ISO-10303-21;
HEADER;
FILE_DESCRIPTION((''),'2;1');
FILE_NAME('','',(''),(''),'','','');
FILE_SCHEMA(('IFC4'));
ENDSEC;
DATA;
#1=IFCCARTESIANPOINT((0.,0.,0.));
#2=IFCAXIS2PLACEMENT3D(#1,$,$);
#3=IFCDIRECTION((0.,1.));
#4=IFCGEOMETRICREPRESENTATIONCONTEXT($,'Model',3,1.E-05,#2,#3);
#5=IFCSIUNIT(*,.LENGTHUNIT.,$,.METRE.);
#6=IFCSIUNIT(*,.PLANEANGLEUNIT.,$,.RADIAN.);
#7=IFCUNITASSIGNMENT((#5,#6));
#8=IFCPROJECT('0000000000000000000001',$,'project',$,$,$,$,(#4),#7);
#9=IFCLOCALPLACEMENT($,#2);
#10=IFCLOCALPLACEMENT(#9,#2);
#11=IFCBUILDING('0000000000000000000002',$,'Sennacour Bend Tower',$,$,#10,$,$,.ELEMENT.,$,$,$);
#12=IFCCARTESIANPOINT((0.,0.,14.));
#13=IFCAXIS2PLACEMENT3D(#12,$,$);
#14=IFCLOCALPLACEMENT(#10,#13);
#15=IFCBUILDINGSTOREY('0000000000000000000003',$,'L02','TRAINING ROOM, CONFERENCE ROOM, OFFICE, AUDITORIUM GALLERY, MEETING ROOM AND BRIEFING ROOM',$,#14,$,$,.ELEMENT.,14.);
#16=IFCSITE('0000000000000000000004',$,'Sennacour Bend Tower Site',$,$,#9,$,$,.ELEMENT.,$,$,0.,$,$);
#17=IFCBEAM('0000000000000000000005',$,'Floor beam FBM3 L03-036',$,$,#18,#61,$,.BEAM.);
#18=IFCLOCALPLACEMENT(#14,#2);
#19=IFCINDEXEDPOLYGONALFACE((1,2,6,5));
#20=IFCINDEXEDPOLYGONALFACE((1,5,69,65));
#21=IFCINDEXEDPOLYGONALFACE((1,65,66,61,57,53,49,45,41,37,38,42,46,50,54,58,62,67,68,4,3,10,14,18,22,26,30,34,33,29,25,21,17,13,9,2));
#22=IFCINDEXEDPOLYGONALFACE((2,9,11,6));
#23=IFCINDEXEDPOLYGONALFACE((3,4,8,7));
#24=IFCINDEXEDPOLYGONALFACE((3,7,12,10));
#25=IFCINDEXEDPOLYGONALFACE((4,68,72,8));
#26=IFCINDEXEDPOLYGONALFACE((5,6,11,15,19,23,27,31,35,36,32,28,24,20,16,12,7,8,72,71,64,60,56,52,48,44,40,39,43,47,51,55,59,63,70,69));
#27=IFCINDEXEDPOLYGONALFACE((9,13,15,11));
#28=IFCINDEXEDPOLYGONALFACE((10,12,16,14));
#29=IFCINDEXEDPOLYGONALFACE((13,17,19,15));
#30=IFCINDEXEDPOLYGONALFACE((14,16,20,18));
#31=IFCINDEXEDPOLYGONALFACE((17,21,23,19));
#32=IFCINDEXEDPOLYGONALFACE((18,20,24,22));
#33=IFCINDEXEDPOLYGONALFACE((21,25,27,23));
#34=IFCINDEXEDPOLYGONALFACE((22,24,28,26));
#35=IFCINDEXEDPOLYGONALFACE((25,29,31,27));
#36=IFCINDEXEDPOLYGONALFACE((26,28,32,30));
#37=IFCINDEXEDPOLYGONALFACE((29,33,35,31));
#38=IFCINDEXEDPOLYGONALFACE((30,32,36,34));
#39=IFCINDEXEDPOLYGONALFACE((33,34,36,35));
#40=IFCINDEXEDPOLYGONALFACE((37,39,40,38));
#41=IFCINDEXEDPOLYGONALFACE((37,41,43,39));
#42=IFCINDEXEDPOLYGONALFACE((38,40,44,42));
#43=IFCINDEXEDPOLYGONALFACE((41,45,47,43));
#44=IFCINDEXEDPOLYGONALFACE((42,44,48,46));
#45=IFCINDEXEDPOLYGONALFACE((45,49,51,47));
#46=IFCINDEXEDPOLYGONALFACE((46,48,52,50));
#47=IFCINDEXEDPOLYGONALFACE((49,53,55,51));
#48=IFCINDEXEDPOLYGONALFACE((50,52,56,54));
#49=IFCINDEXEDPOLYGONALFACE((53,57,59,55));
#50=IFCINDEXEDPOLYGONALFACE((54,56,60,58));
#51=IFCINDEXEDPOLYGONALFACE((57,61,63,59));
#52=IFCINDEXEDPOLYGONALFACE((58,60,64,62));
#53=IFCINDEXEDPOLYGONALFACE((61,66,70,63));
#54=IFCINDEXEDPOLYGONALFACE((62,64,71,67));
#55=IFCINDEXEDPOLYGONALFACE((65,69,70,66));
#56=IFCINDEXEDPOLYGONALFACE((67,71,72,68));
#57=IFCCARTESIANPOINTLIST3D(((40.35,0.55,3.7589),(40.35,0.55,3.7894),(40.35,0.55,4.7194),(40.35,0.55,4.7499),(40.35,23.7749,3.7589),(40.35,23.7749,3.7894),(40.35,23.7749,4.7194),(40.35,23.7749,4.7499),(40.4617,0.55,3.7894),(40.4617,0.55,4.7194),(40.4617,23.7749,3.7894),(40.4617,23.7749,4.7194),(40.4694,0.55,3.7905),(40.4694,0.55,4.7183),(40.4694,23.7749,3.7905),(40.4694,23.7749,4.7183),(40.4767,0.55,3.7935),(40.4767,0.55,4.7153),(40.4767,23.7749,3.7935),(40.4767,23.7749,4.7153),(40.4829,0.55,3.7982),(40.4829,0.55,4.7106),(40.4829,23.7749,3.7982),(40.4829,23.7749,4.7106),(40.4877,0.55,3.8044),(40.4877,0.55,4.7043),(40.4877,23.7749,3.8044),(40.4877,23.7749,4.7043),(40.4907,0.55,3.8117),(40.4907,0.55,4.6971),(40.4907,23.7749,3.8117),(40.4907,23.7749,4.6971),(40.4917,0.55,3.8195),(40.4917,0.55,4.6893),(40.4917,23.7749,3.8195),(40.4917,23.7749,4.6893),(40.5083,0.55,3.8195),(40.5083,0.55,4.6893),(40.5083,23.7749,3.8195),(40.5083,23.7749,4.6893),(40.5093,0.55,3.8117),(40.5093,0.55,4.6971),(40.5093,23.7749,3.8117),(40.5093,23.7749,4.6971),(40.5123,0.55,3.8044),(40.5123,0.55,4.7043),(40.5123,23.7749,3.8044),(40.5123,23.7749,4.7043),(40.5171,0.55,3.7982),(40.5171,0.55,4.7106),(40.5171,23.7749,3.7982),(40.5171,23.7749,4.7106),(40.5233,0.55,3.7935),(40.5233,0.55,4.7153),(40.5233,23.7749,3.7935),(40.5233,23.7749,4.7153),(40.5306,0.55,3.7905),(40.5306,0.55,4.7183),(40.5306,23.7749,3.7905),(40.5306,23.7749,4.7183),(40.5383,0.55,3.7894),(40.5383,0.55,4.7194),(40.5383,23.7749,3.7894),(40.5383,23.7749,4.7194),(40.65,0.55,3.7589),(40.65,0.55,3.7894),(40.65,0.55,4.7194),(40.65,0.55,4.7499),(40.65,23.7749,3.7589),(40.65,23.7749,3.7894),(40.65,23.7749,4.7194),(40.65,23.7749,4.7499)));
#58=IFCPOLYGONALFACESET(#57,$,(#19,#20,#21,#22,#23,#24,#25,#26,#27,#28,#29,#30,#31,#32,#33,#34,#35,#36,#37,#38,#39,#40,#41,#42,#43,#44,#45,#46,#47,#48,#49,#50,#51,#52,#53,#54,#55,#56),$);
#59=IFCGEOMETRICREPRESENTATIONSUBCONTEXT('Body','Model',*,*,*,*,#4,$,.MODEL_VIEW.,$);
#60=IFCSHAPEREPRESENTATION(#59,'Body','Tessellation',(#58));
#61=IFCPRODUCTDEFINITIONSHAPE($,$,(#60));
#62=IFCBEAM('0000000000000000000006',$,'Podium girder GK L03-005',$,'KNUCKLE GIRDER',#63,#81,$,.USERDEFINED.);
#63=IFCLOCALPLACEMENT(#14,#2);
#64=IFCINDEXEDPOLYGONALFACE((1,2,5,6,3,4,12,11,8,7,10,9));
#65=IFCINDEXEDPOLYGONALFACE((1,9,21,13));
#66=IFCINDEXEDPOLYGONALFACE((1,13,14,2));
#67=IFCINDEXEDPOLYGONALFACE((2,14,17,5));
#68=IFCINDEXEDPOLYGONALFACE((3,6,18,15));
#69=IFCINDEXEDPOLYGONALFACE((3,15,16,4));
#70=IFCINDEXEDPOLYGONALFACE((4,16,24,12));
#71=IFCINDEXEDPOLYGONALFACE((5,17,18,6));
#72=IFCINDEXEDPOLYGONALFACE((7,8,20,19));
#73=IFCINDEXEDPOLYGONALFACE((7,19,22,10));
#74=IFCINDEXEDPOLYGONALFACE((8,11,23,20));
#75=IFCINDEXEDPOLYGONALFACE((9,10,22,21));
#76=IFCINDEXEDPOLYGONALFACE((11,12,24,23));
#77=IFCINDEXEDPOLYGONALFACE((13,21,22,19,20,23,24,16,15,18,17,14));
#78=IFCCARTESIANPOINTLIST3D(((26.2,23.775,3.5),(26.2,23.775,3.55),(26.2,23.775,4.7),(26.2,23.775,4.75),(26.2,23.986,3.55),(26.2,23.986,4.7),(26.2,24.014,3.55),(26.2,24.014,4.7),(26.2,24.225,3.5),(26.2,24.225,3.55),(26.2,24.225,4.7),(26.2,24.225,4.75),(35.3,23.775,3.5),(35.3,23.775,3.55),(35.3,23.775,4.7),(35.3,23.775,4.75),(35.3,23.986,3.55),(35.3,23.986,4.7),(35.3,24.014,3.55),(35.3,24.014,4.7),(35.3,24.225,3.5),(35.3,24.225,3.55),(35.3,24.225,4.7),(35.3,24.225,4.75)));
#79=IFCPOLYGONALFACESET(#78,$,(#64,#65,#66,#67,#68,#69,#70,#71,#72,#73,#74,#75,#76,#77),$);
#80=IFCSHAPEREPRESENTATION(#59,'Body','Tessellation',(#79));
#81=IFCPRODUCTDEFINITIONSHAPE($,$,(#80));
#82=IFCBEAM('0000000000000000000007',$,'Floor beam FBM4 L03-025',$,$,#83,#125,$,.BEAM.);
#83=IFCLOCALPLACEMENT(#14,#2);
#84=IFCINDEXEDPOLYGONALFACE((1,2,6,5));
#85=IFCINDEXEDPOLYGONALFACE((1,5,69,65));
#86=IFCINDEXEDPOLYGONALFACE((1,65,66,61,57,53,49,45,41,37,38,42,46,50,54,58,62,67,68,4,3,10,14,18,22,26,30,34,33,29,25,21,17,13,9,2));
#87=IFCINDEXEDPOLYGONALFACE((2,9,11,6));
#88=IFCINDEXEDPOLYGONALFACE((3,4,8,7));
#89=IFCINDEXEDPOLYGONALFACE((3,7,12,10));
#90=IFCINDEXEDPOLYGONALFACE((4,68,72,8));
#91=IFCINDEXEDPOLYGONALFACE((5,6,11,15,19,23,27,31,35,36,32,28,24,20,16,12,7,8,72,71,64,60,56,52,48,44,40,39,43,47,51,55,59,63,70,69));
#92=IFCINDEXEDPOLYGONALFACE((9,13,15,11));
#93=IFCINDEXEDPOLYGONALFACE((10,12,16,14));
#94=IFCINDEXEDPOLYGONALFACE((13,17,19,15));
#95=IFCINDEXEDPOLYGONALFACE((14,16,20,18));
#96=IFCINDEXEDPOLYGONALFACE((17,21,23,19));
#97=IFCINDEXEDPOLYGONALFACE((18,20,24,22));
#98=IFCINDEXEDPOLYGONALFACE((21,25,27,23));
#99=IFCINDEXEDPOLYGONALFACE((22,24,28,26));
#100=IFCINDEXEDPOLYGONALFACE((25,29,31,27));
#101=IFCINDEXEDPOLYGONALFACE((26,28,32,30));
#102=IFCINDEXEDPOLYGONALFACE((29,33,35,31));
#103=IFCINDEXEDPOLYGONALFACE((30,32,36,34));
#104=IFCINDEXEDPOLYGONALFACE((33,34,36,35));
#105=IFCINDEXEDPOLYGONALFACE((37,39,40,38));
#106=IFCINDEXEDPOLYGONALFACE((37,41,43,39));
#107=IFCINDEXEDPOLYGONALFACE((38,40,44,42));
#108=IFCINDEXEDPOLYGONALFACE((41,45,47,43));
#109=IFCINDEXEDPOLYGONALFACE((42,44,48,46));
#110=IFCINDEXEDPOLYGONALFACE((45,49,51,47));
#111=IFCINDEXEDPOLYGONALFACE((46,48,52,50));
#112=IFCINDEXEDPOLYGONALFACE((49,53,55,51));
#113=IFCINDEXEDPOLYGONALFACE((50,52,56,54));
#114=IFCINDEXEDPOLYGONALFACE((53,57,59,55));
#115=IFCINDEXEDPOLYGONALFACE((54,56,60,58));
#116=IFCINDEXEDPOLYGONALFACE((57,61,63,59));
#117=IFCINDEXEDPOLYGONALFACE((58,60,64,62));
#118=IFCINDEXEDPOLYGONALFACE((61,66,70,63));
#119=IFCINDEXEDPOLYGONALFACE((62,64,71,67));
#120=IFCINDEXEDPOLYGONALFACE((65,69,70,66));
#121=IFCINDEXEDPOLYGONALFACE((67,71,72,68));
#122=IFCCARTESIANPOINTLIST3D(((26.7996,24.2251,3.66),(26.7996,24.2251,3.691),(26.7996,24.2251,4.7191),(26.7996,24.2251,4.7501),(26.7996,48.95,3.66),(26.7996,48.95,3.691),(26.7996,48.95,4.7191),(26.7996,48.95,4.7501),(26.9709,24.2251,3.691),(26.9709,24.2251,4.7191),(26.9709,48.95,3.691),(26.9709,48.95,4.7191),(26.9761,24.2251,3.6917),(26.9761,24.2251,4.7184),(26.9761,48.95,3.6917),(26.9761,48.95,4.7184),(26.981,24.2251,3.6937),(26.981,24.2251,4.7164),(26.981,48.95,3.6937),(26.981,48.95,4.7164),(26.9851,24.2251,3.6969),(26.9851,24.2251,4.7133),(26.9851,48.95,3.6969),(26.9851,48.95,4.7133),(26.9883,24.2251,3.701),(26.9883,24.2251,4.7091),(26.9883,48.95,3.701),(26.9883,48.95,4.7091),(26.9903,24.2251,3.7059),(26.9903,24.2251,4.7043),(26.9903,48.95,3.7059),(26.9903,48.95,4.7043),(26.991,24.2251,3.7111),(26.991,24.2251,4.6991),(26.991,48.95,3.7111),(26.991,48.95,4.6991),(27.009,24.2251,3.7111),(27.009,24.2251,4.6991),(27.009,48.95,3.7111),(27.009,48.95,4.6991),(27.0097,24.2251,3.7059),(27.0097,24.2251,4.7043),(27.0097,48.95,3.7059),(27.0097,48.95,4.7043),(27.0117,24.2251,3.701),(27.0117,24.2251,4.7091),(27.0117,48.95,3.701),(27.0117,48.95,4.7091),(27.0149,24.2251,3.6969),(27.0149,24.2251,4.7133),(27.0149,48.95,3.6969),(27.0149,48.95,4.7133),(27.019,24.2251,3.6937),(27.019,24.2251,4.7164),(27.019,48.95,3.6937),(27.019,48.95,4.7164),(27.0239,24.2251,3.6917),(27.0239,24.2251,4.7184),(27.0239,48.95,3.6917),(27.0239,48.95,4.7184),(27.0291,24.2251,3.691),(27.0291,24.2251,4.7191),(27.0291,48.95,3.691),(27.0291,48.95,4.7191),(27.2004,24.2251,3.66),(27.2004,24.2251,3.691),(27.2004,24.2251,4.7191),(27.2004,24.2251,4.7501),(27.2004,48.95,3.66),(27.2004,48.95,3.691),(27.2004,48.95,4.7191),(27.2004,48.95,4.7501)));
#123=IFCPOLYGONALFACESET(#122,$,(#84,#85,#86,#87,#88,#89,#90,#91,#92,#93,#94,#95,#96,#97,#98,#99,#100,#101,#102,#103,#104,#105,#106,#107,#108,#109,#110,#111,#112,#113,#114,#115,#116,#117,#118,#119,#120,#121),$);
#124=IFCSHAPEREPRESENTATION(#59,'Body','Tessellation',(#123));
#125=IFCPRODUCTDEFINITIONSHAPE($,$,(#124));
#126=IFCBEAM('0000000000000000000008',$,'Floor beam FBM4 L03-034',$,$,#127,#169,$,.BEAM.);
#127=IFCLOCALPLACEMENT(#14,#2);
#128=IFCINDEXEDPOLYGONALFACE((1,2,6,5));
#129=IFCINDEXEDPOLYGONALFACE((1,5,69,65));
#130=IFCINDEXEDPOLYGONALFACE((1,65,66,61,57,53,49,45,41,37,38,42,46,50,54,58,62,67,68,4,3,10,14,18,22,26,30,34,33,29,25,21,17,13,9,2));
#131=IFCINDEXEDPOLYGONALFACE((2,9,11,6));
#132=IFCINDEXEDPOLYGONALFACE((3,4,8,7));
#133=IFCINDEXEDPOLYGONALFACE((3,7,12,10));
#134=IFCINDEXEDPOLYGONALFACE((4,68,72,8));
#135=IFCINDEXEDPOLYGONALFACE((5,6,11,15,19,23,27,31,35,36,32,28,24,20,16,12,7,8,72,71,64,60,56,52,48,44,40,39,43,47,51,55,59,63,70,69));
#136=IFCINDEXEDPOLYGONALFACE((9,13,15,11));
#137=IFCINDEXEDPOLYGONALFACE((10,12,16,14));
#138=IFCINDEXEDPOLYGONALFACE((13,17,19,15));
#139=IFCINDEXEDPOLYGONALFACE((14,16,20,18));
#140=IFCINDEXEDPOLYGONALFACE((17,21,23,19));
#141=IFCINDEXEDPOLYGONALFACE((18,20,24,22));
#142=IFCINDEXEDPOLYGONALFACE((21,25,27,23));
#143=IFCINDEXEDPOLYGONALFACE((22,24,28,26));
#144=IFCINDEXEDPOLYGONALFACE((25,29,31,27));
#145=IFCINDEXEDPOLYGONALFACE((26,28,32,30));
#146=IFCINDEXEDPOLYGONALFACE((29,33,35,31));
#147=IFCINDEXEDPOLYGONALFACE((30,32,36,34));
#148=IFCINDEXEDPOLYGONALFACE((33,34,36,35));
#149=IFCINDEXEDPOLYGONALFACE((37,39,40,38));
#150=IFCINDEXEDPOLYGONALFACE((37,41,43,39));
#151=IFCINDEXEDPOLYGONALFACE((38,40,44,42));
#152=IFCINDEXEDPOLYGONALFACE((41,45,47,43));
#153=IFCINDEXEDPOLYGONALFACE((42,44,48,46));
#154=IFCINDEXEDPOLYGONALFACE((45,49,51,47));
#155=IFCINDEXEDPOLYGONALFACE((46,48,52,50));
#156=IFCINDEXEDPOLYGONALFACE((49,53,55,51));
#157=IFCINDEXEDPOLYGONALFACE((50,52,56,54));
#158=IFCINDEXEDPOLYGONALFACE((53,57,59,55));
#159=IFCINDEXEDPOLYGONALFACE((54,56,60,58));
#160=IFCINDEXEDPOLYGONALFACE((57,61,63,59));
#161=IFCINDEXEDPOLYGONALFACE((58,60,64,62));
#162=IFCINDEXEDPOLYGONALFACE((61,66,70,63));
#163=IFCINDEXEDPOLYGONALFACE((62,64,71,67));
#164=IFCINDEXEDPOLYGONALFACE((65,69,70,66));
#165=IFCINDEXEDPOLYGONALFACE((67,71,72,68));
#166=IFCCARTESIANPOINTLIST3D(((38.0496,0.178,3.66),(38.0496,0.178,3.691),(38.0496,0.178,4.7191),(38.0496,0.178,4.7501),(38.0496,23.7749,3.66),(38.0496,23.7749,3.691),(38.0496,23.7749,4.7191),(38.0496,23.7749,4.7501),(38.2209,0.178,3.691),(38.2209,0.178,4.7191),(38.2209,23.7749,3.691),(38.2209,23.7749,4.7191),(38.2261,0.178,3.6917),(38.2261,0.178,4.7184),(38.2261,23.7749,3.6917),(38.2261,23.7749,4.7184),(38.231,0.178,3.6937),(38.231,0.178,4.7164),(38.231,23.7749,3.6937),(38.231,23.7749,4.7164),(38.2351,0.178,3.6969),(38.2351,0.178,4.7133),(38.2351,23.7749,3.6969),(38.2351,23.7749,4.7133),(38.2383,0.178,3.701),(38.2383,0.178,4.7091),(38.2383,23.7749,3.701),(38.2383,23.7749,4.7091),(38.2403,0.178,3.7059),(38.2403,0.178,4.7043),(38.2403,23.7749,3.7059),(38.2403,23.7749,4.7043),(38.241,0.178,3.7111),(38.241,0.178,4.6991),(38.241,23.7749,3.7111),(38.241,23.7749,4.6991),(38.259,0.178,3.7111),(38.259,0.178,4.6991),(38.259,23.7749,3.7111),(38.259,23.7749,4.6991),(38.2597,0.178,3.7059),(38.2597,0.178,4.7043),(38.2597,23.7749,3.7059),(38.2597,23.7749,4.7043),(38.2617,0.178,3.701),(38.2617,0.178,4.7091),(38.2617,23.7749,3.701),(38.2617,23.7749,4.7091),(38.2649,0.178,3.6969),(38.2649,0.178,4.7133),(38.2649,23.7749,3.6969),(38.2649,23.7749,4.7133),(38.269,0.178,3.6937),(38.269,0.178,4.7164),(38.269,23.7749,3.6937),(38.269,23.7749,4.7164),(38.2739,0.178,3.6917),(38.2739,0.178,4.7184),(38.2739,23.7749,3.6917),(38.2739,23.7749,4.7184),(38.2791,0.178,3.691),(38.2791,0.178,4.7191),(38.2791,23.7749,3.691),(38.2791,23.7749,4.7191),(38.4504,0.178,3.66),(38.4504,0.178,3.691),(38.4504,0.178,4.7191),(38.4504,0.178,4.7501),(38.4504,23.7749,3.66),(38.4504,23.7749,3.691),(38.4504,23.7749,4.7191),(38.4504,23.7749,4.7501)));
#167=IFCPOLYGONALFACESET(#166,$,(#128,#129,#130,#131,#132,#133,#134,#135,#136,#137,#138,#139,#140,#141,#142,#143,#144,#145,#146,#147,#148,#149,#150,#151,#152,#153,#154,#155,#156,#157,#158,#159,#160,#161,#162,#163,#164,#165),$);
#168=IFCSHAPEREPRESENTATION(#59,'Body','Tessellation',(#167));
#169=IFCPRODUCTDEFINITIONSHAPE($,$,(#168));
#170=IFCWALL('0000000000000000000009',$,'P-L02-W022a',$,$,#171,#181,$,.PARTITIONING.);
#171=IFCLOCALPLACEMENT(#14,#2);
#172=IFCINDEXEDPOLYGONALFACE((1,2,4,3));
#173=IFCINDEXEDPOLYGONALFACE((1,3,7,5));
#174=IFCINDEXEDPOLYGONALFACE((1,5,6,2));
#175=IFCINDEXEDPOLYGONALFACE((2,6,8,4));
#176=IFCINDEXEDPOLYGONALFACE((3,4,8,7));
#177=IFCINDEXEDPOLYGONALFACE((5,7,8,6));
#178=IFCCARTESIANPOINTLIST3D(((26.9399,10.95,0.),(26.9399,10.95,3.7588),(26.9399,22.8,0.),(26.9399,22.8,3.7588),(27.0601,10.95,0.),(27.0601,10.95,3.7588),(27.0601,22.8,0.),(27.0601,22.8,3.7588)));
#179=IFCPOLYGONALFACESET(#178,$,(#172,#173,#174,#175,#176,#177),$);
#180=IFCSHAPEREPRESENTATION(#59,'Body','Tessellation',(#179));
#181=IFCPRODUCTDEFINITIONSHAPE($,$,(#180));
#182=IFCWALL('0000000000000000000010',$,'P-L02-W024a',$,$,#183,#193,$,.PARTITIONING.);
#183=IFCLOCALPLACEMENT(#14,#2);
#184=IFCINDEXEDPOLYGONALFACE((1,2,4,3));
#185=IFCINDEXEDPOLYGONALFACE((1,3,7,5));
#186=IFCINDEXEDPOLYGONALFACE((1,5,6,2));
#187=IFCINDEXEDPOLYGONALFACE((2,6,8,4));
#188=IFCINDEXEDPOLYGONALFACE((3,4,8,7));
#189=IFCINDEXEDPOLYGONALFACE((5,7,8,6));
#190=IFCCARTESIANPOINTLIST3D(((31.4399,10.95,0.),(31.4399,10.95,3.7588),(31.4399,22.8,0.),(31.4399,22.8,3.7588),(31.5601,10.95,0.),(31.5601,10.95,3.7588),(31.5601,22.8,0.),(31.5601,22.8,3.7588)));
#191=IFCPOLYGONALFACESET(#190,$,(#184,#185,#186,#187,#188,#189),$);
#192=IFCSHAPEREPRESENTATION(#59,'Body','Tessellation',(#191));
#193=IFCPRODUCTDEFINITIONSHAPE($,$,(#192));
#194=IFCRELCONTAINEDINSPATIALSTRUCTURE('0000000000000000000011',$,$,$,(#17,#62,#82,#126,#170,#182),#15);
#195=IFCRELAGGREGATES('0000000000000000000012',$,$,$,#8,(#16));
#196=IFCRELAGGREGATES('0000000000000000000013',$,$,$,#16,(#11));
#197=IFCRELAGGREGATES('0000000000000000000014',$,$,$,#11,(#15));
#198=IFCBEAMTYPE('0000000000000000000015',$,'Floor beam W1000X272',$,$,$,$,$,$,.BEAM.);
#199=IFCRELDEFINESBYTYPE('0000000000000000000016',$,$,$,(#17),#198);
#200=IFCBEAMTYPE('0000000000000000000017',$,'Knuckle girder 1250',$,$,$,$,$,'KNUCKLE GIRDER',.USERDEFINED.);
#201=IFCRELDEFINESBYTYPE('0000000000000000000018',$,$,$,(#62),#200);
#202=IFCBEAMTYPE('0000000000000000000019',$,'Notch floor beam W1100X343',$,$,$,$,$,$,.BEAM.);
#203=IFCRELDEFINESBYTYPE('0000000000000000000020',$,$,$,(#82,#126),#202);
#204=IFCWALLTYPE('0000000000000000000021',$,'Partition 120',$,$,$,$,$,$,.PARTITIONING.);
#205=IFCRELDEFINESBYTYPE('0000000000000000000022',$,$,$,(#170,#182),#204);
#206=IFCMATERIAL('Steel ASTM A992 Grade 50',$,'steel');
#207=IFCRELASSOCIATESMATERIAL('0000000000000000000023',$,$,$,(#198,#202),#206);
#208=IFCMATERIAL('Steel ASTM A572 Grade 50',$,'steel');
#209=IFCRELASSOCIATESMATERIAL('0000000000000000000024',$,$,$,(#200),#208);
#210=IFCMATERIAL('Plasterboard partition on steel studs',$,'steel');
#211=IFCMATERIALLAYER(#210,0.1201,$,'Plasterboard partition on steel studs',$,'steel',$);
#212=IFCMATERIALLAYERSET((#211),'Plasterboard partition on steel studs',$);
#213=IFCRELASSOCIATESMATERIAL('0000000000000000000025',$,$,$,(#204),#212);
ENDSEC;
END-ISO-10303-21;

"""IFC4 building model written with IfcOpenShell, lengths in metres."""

from ifc_helpers import new_model, si_unit, direction, frame, frame_2d, origin, origin_2d, place, context, subcontext, project, spatial, rectangle, i_section, extrude, material, layer, layer_set, material_profile, profile_set, type_object, element, save


model = new_model("IFC4")

# Units and contexts
model_context = context("Model", 3, precision=1e-05, world=origin(), true_north=direction((0.0, 1.0)))
body_context = subcontext(model_context, "Body", "Model", "MODEL_VIEW")
ifc_project = project(units=[si_unit("LENGTHUNIT", "METRE"), si_unit("PLANEANGLEUNIT", "RADIAN")], contexts=[model_context])

# Site, building, storey
site_placement = place(None, origin())
site = spatial("IfcSite", under=ifc_project, at=site_placement, Name="Sennacour Bend Tower Site", CompositionType="ELEMENT", RefElevation=0.0)
building_placement = place(site_placement, origin())
building = spatial("IfcBuilding", under=site, at=building_placement, Name="Sennacour Bend Tower", CompositionType="ELEMENT")
storey_placement = place(building_placement, frame((0.0, 0.0, 14.0)))
storey = spatial("IfcBuildingStorey", under=building, at=storey_placement, Name="L02", Description="TRAINING ROOM, CONFERENCE ROOM, OFFICE, AUDITORIUM GALLERY, MEETING ROOM AND BRIEFING ROOM", CompositionType="ELEMENT", Elevation=14.0)

# Shared definitions
ifc_material_1 = material(Name="Steel ASTM A572 Grade 50", Category="steel")

# Beams
ifc_material_2 = material(Name="Steel ASTM A992 Grade 50", Category="steel")
ifc_material_profile_1 = material_profile(ifc_material_2, i_section(OverallWidth=0.3, OverallDepth=0.991, WebThickness=0.0166, FlangeThickness=0.0305, FilletRadius=0.03, at=origin_2d()), Name="Steel ASTM A992 Grade 50", Category="steel")
ifc_profile_set_1 = profile_set([ifc_material_profile_1], Name="Steel ASTM A992 Grade 50")
beam_type_1 = type_object("IfcBeamType", Name="Floor beam W1000X272", PredefinedType="BEAM", material=ifc_profile_set_1)
beam_1_placement = place(storey_placement, frame((40.5, 0.55, 4.2544), z_axis=(0.0, 1.0, 0.0), x_axis=(-1.0, 0.0, 0.0)))
element("IfcBeam", 1, at=beam_1_placement, inside=storey, type_object=beam_type_1, Name="Floor beam FBM3 L03-036", PredefinedType="BEAM", context=body_context, shape_type="SweptSolid", body=[
    extrude(i_section(OverallWidth=0.3, OverallDepth=0.991, WebThickness=0.0166, FlangeThickness=0.0305, FilletRadius=0.03, at=origin_2d()), origin(), (0.0, 0.0, 1.0), 23.2249),
])
ifc_material_profile_2 = material_profile(ifc_material_1, i_section(OverallWidth=0.45, OverallDepth=1.25, WebThickness=0.0281, FlangeThickness=0.05, at=origin_2d()), Name="Steel ASTM A572 Grade 50", Category="steel")
ifc_profile_set_2 = profile_set([ifc_material_profile_2], Name="Steel ASTM A572 Grade 50")
beam_type_2 = type_object("IfcBeamType", Name="Knuckle girder 1250", ElementType="KNUCKLE GIRDER", PredefinedType="USERDEFINED", material=ifc_profile_set_2)
beam_2_placement = place(storey_placement, frame((35.3, 24.0, 4.125), z_axis=(-1.0, 0.0, 0.0), x_axis=(0.0, -1.0, 0.0)))
element("IfcBeam", 2, at=beam_2_placement, inside=storey, type_object=beam_type_2, Name="Podium girder GK L03-005", ObjectType="KNUCKLE GIRDER", PredefinedType="USERDEFINED", context=body_context, shape_type="SweptSolid", body=[
    extrude(i_section(OverallWidth=0.45, OverallDepth=1.25, WebThickness=0.0281, FlangeThickness=0.05, at=origin_2d()), origin(), (0.0, 0.0, 1.0), 9.1001),
])
ifc_material_profile_3 = material_profile(ifc_material_2, i_section(OverallWidth=0.4009, OverallDepth=1.0901, WebThickness=0.0181, FlangeThickness=0.031, FilletRadius=0.02, at=origin_2d()), Name="Steel ASTM A992 Grade 50", Category="steel")
ifc_profile_set_3 = profile_set([ifc_material_profile_3], Name="Steel ASTM A992 Grade 50")
beam_type_3 = type_object("IfcBeamType", Name="Notch floor beam W1100X343", PredefinedType="BEAM", material=ifc_profile_set_3)
beam_3_placement = place(storey_placement, frame((27.0, 24.2251, 4.2051), z_axis=(0.0, 1.0, 0.0), x_axis=(-1.0, 0.0, 0.0)))
element("IfcBeam", 3, at=beam_3_placement, inside=storey, type_object=beam_type_3, Name="Floor beam FBM4 L03-025", PredefinedType="BEAM", context=body_context, shape_type="SweptSolid", body=[
    extrude(i_section(OverallWidth=0.4009, OverallDepth=1.0901, WebThickness=0.0181, FlangeThickness=0.031, FilletRadius=0.02, at=origin_2d()), origin(), (0.0, 0.0, 1.0), 24.7249),
])
beam_4_placement = place(storey_placement, frame((38.25, 0.178, 4.2051), z_axis=(0.0, 1.0, 0.0), x_axis=(-1.0, 0.0, 0.0)))
element("IfcBeam", 4, at=beam_4_placement, inside=storey, type_object=beam_type_3, Name="Floor beam FBM4 L03-034", PredefinedType="BEAM", context=body_context, shape_type="SweptSolid", body=[
    extrude(i_section(OverallWidth=0.4009, OverallDepth=1.0901, WebThickness=0.0181, FlangeThickness=0.031, FilletRadius=0.02, at=origin_2d()), origin(), (0.0, 0.0, 1.0), 23.5969),
])

# Walls
ifc_material_3 = material(Name="Plasterboard partition on steel studs", Category="steel")
ifc_layer = layer(ifc_material_3, 0.1201, Name="Plasterboard partition on steel studs", Category="steel")
ifc_layer_set = layer_set([ifc_layer], Name="Plasterboard partition on steel studs")
wall_type = type_object("IfcWallType", Name="Partition 120", PredefinedType="PARTITIONING", material=ifc_layer_set)
for number, where, z_axis, x_axis, name in (
    (5, (27.0, 10.95, 0.0), (0.0, 0.0, 1.0), (0.0, 1.0, 0.0), "P-L02-W022a"),
    (6, (31.5, 10.95, 0.0), (0.0, 0.0, 1.0), (0.0, 1.0, 0.0), "P-L02-W024a"),
):
    element("IfcWall", number, at=place(storey_placement, frame(where, z_axis=z_axis, x_axis=x_axis)), inside=storey, type_object=wall_type, Name=name, PredefinedType="PARTITIONING", context=body_context, shape_type="SweptSolid", body=[
        extrude(rectangle(XDim=11.8501, YDim=0.1201, at=frame_2d((5.925, 0.0))), origin(), (0.0, 0.0, 1.0), 3.7588),
    ])

save(model, "model.ifc")
